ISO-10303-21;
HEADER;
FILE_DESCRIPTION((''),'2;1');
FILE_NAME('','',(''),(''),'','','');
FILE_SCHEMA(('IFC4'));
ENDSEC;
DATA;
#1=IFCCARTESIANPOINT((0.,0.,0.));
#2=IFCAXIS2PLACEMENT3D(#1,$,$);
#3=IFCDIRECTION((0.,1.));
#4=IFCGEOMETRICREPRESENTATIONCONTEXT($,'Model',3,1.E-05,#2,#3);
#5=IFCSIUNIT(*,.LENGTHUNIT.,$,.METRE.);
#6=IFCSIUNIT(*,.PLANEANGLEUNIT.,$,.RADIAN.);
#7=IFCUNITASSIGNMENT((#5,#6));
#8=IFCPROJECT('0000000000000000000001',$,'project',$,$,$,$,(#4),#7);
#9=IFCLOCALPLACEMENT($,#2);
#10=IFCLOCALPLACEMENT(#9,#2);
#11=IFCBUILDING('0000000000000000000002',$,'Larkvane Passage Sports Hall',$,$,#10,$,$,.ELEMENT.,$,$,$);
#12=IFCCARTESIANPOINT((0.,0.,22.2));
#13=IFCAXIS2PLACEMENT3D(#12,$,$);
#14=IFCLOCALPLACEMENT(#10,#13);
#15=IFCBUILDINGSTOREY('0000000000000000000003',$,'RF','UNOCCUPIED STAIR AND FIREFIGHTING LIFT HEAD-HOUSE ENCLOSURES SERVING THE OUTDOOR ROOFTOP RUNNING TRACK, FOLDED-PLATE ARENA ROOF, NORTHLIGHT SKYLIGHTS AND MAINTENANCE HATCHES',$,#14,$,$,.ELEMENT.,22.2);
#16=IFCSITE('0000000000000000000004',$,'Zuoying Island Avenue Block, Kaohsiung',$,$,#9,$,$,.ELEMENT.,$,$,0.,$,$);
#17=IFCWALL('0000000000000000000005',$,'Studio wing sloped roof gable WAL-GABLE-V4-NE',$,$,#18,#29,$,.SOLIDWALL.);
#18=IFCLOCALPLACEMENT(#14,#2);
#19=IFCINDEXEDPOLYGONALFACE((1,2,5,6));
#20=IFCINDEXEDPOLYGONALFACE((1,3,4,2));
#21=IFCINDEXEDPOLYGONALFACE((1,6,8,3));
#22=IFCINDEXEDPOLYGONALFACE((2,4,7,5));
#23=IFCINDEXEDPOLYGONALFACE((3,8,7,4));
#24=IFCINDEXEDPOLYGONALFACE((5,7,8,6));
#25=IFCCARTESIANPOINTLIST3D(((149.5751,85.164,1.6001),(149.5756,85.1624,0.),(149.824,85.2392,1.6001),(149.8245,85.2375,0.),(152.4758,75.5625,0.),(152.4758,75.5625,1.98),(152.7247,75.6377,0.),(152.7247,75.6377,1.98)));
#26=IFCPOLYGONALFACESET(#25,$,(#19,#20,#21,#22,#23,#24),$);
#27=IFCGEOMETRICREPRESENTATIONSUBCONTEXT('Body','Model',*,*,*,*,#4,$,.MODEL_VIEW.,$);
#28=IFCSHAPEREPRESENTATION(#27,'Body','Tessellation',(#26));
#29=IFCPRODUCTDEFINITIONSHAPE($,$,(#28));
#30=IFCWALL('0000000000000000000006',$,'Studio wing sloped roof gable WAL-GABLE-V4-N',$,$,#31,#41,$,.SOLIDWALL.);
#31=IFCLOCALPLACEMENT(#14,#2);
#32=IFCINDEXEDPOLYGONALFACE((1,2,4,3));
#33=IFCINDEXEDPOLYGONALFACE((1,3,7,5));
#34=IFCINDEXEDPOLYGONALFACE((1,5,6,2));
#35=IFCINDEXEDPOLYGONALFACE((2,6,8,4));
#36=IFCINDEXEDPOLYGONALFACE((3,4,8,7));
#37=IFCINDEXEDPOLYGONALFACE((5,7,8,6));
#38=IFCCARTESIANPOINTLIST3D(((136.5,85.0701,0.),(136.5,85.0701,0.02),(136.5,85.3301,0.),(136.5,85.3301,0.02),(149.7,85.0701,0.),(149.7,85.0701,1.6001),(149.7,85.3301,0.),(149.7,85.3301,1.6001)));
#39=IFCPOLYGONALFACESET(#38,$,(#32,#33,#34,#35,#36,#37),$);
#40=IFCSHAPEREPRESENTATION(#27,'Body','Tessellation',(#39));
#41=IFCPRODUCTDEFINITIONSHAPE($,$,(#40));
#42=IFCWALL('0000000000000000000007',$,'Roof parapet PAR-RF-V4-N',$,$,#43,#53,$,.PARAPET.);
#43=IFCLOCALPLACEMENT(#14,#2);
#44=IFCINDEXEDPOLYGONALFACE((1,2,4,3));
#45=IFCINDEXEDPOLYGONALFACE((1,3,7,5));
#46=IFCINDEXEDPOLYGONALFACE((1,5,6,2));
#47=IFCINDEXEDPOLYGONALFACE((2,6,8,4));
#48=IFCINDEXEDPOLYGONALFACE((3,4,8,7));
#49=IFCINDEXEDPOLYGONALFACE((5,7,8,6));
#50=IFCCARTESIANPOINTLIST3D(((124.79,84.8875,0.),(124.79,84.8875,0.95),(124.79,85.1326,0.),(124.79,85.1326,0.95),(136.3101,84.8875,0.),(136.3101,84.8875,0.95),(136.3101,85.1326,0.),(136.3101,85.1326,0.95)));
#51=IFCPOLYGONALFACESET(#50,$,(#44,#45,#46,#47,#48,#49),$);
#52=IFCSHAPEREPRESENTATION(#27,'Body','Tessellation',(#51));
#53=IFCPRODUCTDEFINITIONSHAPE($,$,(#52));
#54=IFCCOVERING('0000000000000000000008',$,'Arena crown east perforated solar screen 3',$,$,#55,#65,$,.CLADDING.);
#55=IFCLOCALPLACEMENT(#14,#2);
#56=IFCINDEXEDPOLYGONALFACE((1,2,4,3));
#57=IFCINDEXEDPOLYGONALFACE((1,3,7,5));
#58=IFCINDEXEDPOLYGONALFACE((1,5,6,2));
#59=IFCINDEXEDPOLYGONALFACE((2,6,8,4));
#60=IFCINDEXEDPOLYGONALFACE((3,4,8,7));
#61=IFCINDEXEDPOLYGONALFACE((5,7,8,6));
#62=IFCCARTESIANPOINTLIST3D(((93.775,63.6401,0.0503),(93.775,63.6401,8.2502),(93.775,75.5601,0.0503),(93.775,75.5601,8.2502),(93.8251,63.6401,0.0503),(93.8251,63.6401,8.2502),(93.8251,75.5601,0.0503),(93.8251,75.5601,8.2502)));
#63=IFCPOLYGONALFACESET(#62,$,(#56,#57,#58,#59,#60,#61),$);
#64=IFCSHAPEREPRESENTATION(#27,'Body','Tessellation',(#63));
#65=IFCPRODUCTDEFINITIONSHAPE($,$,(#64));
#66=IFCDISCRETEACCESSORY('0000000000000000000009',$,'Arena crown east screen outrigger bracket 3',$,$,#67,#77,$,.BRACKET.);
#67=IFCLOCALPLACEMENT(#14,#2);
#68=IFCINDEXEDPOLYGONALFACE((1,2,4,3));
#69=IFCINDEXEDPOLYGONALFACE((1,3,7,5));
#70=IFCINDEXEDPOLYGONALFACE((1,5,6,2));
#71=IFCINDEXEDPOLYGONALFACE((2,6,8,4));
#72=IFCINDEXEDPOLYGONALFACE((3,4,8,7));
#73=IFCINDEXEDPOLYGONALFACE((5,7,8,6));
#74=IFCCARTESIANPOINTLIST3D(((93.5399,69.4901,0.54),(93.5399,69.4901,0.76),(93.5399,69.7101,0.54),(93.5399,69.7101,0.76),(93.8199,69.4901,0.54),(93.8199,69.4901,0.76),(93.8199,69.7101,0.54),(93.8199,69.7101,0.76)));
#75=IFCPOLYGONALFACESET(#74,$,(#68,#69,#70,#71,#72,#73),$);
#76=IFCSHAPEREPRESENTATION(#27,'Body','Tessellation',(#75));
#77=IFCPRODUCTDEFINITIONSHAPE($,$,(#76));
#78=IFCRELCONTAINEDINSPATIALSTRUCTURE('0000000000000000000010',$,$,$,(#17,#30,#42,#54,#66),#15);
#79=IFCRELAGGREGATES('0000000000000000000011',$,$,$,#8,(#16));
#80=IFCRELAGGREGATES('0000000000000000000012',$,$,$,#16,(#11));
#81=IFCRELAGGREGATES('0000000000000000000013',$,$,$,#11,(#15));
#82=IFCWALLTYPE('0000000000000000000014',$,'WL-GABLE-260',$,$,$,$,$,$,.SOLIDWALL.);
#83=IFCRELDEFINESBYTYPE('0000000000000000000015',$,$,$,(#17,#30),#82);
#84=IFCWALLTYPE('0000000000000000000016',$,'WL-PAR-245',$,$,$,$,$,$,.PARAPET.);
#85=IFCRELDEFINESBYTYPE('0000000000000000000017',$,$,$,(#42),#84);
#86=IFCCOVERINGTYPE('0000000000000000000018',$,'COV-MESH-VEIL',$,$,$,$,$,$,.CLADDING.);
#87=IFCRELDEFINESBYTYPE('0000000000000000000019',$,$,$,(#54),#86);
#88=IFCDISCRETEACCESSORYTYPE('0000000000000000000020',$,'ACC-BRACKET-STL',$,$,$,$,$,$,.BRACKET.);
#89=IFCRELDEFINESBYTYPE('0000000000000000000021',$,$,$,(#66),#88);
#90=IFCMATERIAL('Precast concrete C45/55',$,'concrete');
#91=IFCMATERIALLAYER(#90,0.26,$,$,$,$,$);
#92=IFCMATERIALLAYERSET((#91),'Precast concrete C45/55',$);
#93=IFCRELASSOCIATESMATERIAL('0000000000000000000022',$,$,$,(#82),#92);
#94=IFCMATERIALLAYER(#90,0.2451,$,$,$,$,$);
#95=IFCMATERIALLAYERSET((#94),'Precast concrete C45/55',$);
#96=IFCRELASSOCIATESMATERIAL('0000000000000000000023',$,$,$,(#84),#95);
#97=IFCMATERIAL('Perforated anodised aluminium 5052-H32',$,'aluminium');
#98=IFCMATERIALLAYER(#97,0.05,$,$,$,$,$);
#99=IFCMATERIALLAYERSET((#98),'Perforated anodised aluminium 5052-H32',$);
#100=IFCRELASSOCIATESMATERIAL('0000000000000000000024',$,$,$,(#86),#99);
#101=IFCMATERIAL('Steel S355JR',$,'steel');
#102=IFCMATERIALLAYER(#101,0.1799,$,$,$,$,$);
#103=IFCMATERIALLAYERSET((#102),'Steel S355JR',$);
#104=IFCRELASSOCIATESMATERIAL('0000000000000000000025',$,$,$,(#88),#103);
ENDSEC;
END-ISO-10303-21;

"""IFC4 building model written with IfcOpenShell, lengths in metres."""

from ifc_helpers import new_model, si_unit, direction, frame, frame_2d, origin, origin_2d, place, context, subcontext, project, spatial, polyline, rectangle, outline, extrude, material, layer, layer_set, type_object, element, save


model = new_model("IFC4")

# Units and contexts
model_context = context("Model", 3, precision=1e-05, world=origin(), true_north=direction((0.0, 1.0)))
body_context = subcontext(model_context, "Body", "Model", "MODEL_VIEW")
ifc_project = project(units=[si_unit("LENGTHUNIT", "METRE"), si_unit("PLANEANGLEUNIT", "RADIAN")], contexts=[model_context])

# Site, building, storey
site_placement = place(None, origin())
site = spatial("IfcSite", under=ifc_project, at=site_placement, Name="Zuoying Island Avenue Block, Kaohsiung", CompositionType="ELEMENT", RefElevation=0.0)
building_placement = place(site_placement, origin())
building = spatial("IfcBuilding", under=site, at=building_placement, Name="Larkvane Passage Sports Hall", CompositionType="ELEMENT")
storey_placement = place(building_placement, frame((0.0, 0.0, 22.2)))
storey = spatial("IfcBuildingStorey", under=building, at=storey_placement, Name="RF", Description="UNOCCUPIED STAIR AND FIREFIGHTING LIFT HEAD-HOUSE ENCLOSURES SERVING THE OUTDOOR ROOFTOP RUNNING TRACK, FOLDED-PLATE ARENA ROOF, NORTHLIGHT SKYLIGHTS AND MAINTENANCE HATCHES", CompositionType="ELEMENT", Elevation=22.2)

# Shared definitions
ifc_material_1 = material(Name="Steel S355JR", Category="steel")

# Walls
ifc_material_2 = material(Name="Precast concrete C45/55", Category="concrete")
ifc_layer_1 = layer(ifc_material_2, 0.26)
ifc_layer_set_1 = layer_set([ifc_layer_1], Name="Precast concrete C45/55")
wall_type_1 = type_object("IfcWallType", Name="WL-GABLE-260", PredefinedType="SOLIDWALL", material=ifc_layer_set_1)
wall_1_placement = place(storey_placement, frame((152.6001, 75.6001, 0.0), z_axis=(0.0, 0.0, 1.0), x_axis=(-0.289194, 0.95727, 0.0)))
element("IfcWall", 1, at=wall_1_placement, inside=storey, type_object=wall_type_1, Name="Studio wing sloped roof gable WAL-GABLE-V4-NE", PredefinedType="SOLIDWALL", context=body_context, shape_type="SweptSolid", body=[
    extrude(outline(polyline([(0.0, 0.0), (10.0283, 0.0), (10.03, 1.6001), (0.0, 1.98), (0.0, 0.0)])), frame((0.0, 0.1299, 0.0), z_axis=(0.0, -1.0, 0.0), x_axis=(1.0, 0.0, 0.0)), (0.0, 0.0, 1.0), 0.26),
])
wall_2_placement = place(storey_placement, frame((149.7, 85.2, 0.0), z_axis=(0.0, 0.0, 1.0), x_axis=(-1.0, 0.0, 0.0)))
element("IfcWall", 2, at=wall_2_placement, inside=storey, type_object=wall_type_1, Name="Studio wing sloped roof gable WAL-GABLE-V4-N", PredefinedType="SOLIDWALL", context=body_context, shape_type="SweptSolid", body=[
    extrude(outline(polyline([(0.0, 0.0), (13.2, 0.0), (13.2, 0.02), (0.0, 1.6001), (0.0, 0.0)])), frame((0.0, 0.1299, 0.0), z_axis=(0.0, -1.0, 0.0), x_axis=(1.0, 0.0, 0.0)), (0.0, 0.0, 1.0), 0.26),
])
ifc_layer_2 = layer(ifc_material_2, 0.2451)
ifc_layer_set_2 = layer_set([ifc_layer_2], Name="Precast concrete C45/55")
wall_type_2 = type_object("IfcWallType", Name="WL-PAR-245", PredefinedType="PARAPET", material=ifc_layer_set_2)
wall_3_placement = place(storey_placement, frame((124.79, 85.01, 0.0), z_axis=(0.0, 0.0, 1.0), x_axis=(1.0, 0.0, 0.0)))
element("IfcWall", 3, at=wall_3_placement, inside=storey, type_object=wall_type_2, Name="Roof parapet PAR-RF-V4-N", PredefinedType="PARAPET", context=body_context, shape_type="SweptSolid", body=[
    extrude(rectangle(XDim=11.52, YDim=0.2451, at=frame_2d((5.76, 0.0))), origin(), (0.0, 0.0, 1.0), 0.95),
])

# Covering
ifc_material_3 = material(Name="Perforated anodised aluminium 5052-H32", Category="aluminium")
ifc_layer_3 = layer(ifc_material_3, 0.05)
ifc_layer_set_3 = layer_set([ifc_layer_3], Name="Perforated anodised aluminium 5052-H32")
covering_type = type_object("IfcCoveringType", Name="COV-MESH-VEIL", PredefinedType="CLADDING", material=ifc_layer_set_3)
covering_placement = place(storey_placement, frame((93.8, 69.6001, 0.0503), z_axis=(0.0, 0.0, 1.0), x_axis=(0.0, 1.0, 0.0)))
element("IfcCovering", 4, at=covering_placement, inside=storey, type_object=covering_type, Name="Arena crown east perforated solar screen 3", PredefinedType="CLADDING", context=body_context, shape_type="SweptSolid", body=[
    extrude(rectangle(XDim=11.9199, YDim=0.05, at=origin_2d()), origin(), (0.0, 0.0, 1.0), 8.2),
])

# Discrete accessory
ifc_layer_4 = layer(ifc_material_1, 0.1799)
ifc_layer_set_4 = layer_set([ifc_layer_4], Name="Steel S355JR")
discrete_accessory_type = type_object("IfcDiscreteAccessoryType", Name="ACC-BRACKET-STL", PredefinedType="BRACKET", material=ifc_layer_set_4)
discrete_accessory_placement = place(storey_placement, frame((93.6799, 69.6001, 0.54), z_axis=(0.0, 0.0, 1.0), x_axis=(0.0, 1.0, 0.0)))
element("IfcDiscreteAccessory", 5, at=discrete_accessory_placement, inside=storey, type_object=discrete_accessory_type, Name="Arena crown east screen outrigger bracket 3", PredefinedType="BRACKET", context=body_context, shape_type="SweptSolid", body=[
    extrude(rectangle(XDim=0.22, YDim=0.28, at=origin_2d()), origin(), (0.0, 0.0, 1.0), 0.22),
])

save(model, "model.ifc")
